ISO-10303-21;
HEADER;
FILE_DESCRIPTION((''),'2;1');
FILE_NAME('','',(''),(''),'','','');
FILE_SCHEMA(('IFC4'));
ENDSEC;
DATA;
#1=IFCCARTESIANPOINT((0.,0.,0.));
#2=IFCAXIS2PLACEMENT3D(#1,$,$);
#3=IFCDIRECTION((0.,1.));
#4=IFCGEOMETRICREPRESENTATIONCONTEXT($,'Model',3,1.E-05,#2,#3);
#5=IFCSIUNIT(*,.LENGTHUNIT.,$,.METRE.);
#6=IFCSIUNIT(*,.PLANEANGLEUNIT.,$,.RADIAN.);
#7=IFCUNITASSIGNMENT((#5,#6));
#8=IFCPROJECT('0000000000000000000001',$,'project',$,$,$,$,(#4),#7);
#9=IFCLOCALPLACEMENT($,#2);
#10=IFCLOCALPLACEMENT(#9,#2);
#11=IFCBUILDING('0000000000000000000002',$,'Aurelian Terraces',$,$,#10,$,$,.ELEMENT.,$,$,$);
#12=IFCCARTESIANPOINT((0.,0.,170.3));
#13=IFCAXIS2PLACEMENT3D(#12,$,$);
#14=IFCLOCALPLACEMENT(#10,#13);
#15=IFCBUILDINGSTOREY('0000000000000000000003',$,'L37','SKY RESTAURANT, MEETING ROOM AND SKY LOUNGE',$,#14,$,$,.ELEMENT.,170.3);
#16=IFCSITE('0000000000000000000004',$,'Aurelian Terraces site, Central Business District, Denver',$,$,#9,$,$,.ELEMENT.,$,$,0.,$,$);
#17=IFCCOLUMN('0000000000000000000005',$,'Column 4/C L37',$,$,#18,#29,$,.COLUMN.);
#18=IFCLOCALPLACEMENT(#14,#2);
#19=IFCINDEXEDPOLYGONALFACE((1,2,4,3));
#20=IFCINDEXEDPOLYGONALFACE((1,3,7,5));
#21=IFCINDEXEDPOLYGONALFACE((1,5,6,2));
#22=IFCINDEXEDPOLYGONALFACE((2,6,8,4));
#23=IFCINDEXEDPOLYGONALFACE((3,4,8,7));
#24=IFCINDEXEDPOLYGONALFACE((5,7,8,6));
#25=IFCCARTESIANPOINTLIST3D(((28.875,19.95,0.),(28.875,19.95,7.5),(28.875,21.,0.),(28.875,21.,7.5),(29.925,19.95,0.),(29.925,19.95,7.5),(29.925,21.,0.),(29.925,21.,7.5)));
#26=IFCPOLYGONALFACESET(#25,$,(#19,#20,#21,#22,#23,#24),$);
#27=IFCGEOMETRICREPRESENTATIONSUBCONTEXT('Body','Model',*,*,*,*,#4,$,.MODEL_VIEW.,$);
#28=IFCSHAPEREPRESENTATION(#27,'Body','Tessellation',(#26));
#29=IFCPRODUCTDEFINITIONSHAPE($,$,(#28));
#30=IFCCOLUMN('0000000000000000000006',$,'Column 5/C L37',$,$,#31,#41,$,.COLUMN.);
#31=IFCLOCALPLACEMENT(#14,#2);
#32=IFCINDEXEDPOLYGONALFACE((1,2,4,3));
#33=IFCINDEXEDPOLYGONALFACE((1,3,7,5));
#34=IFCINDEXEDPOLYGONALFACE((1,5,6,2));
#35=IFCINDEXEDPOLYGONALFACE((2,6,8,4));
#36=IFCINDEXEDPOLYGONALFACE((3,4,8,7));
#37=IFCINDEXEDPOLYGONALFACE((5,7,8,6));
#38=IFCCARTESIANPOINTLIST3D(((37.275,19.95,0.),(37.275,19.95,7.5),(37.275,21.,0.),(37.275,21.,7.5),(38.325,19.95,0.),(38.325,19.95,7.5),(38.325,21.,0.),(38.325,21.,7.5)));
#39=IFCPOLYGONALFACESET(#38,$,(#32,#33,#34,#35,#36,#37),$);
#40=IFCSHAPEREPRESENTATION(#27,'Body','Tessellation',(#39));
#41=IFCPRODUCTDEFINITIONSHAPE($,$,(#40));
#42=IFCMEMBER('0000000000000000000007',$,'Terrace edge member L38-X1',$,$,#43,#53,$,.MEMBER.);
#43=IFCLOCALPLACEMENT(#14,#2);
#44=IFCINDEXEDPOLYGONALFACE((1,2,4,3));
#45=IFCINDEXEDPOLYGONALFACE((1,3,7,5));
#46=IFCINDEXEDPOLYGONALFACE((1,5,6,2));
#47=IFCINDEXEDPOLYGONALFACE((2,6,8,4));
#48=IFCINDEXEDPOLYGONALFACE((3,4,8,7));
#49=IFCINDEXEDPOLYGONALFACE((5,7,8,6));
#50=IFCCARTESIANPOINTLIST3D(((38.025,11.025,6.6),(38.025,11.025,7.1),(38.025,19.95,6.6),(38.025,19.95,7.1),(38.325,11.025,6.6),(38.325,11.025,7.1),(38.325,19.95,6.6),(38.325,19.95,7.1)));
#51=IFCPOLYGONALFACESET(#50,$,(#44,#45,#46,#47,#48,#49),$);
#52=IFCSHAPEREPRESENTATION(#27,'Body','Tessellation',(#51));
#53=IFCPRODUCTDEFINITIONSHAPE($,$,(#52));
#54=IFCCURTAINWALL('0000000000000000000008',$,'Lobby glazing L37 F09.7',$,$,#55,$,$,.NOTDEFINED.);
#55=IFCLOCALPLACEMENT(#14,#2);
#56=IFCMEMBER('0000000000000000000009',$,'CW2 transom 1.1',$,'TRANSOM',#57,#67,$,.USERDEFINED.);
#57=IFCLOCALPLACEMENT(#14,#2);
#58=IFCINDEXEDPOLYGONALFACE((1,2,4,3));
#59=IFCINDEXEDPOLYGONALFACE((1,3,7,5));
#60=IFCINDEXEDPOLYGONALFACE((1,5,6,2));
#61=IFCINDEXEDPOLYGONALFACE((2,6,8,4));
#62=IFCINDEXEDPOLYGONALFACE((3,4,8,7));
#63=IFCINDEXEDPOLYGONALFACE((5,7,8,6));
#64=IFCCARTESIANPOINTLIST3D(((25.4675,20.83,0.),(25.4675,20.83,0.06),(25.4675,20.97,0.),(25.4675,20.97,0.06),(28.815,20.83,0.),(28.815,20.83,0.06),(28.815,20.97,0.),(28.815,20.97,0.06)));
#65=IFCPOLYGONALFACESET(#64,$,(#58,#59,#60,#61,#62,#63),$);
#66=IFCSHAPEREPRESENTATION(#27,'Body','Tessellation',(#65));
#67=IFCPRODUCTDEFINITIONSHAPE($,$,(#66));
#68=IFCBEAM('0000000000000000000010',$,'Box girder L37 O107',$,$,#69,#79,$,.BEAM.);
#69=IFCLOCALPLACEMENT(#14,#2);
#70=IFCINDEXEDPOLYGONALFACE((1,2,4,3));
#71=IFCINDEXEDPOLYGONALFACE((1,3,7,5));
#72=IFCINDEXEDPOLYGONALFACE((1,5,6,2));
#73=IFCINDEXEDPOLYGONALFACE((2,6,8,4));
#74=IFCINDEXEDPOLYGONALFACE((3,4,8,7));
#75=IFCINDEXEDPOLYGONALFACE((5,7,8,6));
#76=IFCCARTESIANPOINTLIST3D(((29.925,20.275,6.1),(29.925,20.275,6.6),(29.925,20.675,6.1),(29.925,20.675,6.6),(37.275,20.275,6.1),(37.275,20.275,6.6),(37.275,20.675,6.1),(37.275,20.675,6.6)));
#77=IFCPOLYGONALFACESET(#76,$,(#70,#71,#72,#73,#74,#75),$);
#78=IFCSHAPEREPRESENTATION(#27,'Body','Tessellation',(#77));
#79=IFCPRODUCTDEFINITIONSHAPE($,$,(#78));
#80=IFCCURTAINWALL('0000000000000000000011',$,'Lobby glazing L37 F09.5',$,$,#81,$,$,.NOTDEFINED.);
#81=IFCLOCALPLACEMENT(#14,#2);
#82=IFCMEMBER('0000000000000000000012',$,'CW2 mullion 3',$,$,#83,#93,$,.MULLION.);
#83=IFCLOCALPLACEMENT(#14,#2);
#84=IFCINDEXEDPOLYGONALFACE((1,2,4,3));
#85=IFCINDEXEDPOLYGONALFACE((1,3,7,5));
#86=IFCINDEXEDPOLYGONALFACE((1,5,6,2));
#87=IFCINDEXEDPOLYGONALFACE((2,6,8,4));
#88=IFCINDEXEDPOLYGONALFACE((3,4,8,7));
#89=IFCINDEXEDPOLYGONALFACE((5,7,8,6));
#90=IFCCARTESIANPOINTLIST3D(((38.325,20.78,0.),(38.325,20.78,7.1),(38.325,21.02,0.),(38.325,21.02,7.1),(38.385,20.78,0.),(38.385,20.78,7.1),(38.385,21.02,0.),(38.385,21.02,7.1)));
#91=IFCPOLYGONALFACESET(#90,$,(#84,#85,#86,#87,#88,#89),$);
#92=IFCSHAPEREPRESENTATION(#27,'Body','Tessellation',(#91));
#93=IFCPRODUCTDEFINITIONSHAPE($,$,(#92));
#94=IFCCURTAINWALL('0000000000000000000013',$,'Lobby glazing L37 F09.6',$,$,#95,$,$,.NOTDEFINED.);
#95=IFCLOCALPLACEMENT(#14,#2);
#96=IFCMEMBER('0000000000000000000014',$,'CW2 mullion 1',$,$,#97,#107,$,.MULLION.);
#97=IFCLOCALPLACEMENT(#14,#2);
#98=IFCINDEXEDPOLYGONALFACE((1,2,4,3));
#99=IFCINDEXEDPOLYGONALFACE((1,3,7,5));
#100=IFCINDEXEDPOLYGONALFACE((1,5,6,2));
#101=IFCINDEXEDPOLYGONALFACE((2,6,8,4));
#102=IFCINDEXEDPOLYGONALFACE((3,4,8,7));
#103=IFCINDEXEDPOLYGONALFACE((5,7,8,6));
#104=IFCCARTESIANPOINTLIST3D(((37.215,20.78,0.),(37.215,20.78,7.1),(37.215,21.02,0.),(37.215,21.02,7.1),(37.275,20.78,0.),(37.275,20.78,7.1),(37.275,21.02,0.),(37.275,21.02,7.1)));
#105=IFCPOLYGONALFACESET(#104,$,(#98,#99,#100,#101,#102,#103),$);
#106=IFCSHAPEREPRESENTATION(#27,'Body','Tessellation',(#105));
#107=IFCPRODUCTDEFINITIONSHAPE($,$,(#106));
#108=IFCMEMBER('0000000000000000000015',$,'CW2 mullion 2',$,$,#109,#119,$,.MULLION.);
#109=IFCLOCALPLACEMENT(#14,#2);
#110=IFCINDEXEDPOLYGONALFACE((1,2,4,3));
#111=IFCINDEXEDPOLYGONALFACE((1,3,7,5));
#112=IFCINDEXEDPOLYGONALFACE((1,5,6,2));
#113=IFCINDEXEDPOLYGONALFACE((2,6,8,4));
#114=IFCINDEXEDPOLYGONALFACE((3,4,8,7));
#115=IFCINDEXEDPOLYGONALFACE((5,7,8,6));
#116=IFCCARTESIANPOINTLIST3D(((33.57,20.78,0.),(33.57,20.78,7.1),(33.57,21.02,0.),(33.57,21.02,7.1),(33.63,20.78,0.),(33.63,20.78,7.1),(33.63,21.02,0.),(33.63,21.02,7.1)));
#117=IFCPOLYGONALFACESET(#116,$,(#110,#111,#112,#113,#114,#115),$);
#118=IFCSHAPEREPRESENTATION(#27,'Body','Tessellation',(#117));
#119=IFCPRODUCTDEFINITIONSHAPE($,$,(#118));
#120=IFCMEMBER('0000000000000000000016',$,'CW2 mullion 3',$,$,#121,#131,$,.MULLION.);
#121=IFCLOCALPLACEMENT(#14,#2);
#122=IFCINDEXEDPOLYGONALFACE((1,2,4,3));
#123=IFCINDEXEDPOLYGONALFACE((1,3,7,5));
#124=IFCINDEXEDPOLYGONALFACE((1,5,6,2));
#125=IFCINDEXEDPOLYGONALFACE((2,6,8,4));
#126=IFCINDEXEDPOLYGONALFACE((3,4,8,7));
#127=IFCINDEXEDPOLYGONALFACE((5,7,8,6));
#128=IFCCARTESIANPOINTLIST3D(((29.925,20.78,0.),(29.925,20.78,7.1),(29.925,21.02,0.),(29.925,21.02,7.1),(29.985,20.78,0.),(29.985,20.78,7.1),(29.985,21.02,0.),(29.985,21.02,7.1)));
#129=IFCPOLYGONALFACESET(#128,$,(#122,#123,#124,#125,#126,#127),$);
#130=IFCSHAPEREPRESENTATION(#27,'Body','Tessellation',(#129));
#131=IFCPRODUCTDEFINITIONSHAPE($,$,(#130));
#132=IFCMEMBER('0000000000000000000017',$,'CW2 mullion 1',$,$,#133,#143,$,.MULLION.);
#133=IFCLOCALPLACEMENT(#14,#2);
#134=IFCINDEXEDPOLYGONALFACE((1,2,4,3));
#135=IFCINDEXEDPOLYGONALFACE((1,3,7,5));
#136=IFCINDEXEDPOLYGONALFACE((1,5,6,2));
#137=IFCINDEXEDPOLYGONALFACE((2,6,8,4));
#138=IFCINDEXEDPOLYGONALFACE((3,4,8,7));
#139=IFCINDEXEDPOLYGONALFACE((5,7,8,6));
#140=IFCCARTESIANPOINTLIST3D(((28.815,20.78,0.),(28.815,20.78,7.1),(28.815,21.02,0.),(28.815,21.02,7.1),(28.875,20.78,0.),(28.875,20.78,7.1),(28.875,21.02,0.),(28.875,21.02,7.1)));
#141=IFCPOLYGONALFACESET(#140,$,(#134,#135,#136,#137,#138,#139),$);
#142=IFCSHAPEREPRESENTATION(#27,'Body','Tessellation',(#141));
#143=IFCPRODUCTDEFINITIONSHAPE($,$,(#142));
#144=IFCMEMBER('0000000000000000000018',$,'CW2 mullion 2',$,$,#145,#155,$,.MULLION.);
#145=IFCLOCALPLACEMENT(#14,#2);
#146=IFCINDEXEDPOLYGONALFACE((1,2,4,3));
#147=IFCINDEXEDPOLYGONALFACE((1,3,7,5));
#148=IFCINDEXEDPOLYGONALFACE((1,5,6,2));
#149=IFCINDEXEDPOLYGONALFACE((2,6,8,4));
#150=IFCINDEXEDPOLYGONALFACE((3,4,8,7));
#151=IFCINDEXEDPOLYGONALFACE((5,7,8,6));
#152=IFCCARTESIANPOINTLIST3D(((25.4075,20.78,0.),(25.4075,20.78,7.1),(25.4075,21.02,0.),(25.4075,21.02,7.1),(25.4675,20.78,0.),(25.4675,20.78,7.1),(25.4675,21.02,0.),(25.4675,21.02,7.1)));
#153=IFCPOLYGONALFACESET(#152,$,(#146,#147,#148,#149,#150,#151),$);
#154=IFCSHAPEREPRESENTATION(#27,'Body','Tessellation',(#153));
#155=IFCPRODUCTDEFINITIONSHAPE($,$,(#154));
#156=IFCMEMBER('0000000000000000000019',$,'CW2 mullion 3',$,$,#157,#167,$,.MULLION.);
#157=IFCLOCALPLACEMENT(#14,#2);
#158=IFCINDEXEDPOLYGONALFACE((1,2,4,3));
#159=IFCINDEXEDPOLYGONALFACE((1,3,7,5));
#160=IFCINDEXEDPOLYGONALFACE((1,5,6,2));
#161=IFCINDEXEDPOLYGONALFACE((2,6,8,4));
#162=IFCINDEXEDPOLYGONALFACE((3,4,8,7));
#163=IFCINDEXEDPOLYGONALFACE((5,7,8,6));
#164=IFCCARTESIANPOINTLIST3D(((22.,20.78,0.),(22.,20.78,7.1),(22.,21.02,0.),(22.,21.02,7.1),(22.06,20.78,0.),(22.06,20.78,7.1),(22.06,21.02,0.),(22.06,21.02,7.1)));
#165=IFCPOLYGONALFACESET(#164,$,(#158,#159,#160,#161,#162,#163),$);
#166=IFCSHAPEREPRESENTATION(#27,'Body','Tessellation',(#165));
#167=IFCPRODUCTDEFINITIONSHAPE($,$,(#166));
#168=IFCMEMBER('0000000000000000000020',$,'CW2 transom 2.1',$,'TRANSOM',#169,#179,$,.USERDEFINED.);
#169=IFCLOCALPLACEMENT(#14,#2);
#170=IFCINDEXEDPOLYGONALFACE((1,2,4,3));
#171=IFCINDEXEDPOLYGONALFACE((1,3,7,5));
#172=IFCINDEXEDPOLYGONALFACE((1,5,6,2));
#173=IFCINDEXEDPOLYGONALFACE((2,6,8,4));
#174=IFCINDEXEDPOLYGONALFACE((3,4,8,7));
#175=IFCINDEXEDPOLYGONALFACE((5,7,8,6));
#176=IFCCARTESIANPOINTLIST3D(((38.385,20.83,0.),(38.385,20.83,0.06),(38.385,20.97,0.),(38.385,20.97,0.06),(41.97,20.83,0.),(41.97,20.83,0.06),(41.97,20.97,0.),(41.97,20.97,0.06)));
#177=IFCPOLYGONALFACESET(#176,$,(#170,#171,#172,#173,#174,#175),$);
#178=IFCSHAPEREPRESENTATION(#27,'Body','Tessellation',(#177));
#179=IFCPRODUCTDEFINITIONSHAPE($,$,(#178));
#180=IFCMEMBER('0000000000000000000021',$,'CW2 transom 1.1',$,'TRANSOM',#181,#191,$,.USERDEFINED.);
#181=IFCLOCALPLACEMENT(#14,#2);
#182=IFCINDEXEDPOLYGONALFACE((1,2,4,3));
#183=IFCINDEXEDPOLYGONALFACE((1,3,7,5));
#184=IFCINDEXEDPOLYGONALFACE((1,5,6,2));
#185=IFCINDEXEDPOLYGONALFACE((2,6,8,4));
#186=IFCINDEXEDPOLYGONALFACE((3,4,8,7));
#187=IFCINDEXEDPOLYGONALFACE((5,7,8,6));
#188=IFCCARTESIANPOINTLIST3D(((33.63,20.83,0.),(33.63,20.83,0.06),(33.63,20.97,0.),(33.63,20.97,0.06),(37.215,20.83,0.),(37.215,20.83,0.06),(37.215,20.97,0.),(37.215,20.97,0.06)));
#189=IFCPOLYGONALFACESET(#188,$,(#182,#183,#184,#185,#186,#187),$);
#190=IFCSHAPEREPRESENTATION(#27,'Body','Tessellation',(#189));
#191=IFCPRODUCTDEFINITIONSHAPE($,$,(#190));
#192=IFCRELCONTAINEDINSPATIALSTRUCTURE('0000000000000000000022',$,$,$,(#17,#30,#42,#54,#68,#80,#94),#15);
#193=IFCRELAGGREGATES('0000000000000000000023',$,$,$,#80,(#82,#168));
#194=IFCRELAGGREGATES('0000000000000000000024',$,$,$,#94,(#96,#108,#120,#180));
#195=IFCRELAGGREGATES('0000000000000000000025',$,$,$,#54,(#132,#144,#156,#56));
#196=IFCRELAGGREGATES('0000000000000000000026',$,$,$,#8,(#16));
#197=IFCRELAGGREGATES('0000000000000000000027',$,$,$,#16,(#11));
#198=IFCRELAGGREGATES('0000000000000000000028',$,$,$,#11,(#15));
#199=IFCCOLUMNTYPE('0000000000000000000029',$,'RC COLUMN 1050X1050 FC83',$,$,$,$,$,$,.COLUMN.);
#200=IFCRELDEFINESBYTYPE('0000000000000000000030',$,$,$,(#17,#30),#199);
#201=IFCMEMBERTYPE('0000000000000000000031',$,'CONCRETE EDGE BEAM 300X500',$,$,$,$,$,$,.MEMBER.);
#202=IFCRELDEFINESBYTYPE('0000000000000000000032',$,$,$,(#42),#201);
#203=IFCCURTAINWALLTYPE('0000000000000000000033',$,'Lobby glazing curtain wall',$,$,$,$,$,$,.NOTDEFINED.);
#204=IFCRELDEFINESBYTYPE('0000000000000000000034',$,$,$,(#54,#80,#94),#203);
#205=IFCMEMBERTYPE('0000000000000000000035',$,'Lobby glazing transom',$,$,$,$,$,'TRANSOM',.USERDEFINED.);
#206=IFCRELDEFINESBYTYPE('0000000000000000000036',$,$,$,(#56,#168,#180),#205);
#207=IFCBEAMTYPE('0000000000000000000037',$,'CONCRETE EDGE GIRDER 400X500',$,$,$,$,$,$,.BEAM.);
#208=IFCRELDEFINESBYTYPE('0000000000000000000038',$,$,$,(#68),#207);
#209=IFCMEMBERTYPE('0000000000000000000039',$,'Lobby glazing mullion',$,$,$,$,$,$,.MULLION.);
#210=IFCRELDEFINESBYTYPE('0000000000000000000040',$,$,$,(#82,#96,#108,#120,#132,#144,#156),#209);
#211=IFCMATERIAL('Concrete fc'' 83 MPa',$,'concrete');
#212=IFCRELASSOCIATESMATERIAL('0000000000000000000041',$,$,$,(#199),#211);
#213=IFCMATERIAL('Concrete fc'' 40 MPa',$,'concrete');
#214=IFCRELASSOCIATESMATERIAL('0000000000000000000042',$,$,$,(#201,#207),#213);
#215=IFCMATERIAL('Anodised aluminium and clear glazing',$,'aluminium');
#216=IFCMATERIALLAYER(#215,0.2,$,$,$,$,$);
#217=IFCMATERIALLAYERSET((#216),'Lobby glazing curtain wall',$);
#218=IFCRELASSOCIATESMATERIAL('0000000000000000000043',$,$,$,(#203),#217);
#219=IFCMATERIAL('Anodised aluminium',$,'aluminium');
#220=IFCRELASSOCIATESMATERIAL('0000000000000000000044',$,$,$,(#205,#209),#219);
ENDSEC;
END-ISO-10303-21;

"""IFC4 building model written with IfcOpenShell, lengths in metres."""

from ifc_helpers import new_model, si_unit, direction, frame, origin, origin_2d, place, context, subcontext, project, spatial, rectangle, extrude, source, transform, mapped, material, layer, layer_set, material_profile, profile_set, type_object, element, aggregate, save


model = new_model("IFC4")

# Units and contexts
model_context = context("Model", 3, precision=1e-05, world=origin(), true_north=direction((0.0, 1.0)))
body_context = subcontext(model_context, "Body", "Model", "MODEL_VIEW")
ifc_project = project(units=[si_unit("LENGTHUNIT", "METRE"), si_unit("PLANEANGLEUNIT", "RADIAN")], contexts=[model_context])

# Site, building, storey
site_placement = place(None, origin())
site = spatial("IfcSite", under=ifc_project, at=site_placement, Name="Aurelian Terraces site, Central Business District, Denver", CompositionType="ELEMENT", RefElevation=0.0)
building_placement = place(site_placement, origin())
building = spatial("IfcBuilding", under=site, at=building_placement, Name="Aurelian Terraces", CompositionType="ELEMENT")
storey_placement = place(building_placement, frame((0.0, 0.0, 170.3)))
storey = spatial("IfcBuildingStorey", under=building, at=storey_placement, Name="L37", Description="SKY RESTAURANT, MEETING ROOM AND SKY LOUNGE", CompositionType="ELEMENT", Elevation=170.3)

# Columns
ifc_material_1 = material(Name="Concrete fc' 83 MPa", Category="concrete")
ifc_material_profile_1 = material_profile(ifc_material_1, rectangle(XDim=1.05, YDim=1.05, at=origin_2d()))
ifc_profile_set_1 = profile_set([ifc_material_profile_1], Name="Concrete fc' 83 MPa")
column_type = type_object("IfcColumnType", Name="RC COLUMN 1050X1050 FC83", PredefinedType="COLUMN", material=ifc_profile_set_1)
shared_shape_1 = source(origin(), body_context, "Body", "SweptSolid", [
    extrude(rectangle(XDim=1.05, YDim=1.05, at=origin_2d()), origin(), (0.0, 0.0, 1.0), 7.5),
])
for number, where, z_axis, x_axis, name in (
    (1, (29.4, 20.475, 0.0), (0.0, 0.0, 1.0), (1.0, 0.0, 0.0), "Column 4/C L37"),
    (2, (37.8, 20.475, 0.0), (0.0, 0.0, 1.0), (1.0, 0.0, 0.0), "Column 5/C L37"),
):
    element("IfcColumn", number, at=place(storey_placement, frame(where, z_axis=z_axis, x_axis=x_axis)), inside=storey, type_object=column_type, Name=name, PredefinedType="COLUMN", context=body_context, shape_type="MappedRepresentation", body=[
        mapped(shared_shape_1, transform((0.0, 0.0, 0.0), scale=1.0)),
    ])

# Member
ifc_material_2 = material(Name="Concrete fc' 40 MPa", Category="concrete")
ifc_material_profile_2 = material_profile(ifc_material_2, rectangle(XDim=0.3, YDim=0.5, at=origin_2d()))
ifc_profile_set_2 = profile_set([ifc_material_profile_2], Name="Concrete fc' 40 MPa")
member_type_1 = type_object("IfcMemberType", Name="CONCRETE EDGE BEAM 300X500", PredefinedType="MEMBER", material=ifc_profile_set_2)
member_1_placement = place(storey_placement, frame((38.175, 19.95, 6.85), z_axis=(0.0, -1.0, 0.0), x_axis=(1.0, 0.0, 0.0)))
element("IfcMember", 3, at=member_1_placement, inside=storey, type_object=member_type_1, Name="Terrace edge member L38-X1", PredefinedType="MEMBER", context=body_context, shape_type="SweptSolid", body=[
    extrude(rectangle(XDim=0.3, YDim=0.5, at=origin_2d()), origin(), (0.0, 0.0, 1.0), 8.925),
])

# Curtain wall, member
ifc_material_3 = material(Name="Anodised aluminium and clear glazing", Category="aluminium")
ifc_layer_1 = layer(ifc_material_3, 0.2)
ifc_layer_set_1 = layer_set([ifc_layer_1], Name="Lobby glazing curtain wall")
curtain_wall_type = type_object("IfcCurtainWallType", Name="Lobby glazing curtain wall", PredefinedType="NOTDEFINED", material=ifc_layer_set_1)
curtain_wall_1_placement = place(storey_placement, origin())
curtain_wall_1 = element("IfcCurtainWall", 4, at=curtain_wall_1_placement, inside=storey, type_object=curtain_wall_type, Name="Lobby glazing L37 F09.7", PredefinedType="NOTDEFINED")
ifc_material_4 = material(Name="Anodised aluminium", Category="aluminium")
ifc_material_profile_3 = material_profile(ifc_material_4, rectangle(XDim=0.14, YDim=0.06, at=origin_2d()))
ifc_profile_set_3 = profile_set([ifc_material_profile_3], Name="Anodised aluminium")
member_type_2 = type_object("IfcMemberType", Name="Lobby glazing transom", ElementType="TRANSOM", PredefinedType="USERDEFINED", material=ifc_profile_set_3)
member_2_placement = place(storey_placement, frame((28.815, 20.9, 0.03), z_axis=(-1.0, 0.0, 0.0), x_axis=(0.0, -1.0, 0.0)))
member_2 = element("IfcMember", 5, at=member_2_placement, type_object=member_type_2, Name="CW2 transom 1.1", ObjectType="TRANSOM", PredefinedType="USERDEFINED", context=body_context, shape_type="SweptSolid", body=[
    extrude(rectangle(XDim=0.14, YDim=0.06, at=origin_2d()), origin(), (0.0, 0.0, 1.0), 3.3475),
])

# Beam
ifc_material_profile_4 = material_profile(ifc_material_2, rectangle(XDim=0.4, YDim=0.5, at=origin_2d()))
ifc_profile_set_4 = profile_set([ifc_material_profile_4], Name="Concrete fc' 40 MPa")
beam_type = type_object("IfcBeamType", Name="CONCRETE EDGE GIRDER 400X500", PredefinedType="BEAM", material=ifc_profile_set_4)
shared_shape_2 = source(origin(), body_context, "Body", "SweptSolid", [
    extrude(rectangle(XDim=0.4, YDim=0.5, at=origin_2d()), origin(), (0.0, 0.0, 1.0), 7.35),
])
beam_placement = place(storey_placement, frame((29.925, 20.475, 6.35), z_axis=(1.0, 0.0, 0.0), x_axis=(0.0, 1.0, 0.0)))
element("IfcBeam", 6, at=beam_placement, inside=storey, type_object=beam_type, Name="Box girder L37 O107", PredefinedType="BEAM", context=body_context, shape_type="MappedRepresentation", body=[
    mapped(shared_shape_2, transform((0.0, 0.0, 0.0), scale=1.0)),
])

# Curtain wall, member
curtain_wall_2_placement = place(storey_placement, origin())
curtain_wall_2 = element("IfcCurtainWall", 7, at=curtain_wall_2_placement, inside=storey, type_object=curtain_wall_type, Name="Lobby glazing L37 F09.5", PredefinedType="NOTDEFINED")
ifc_material_profile_5 = material_profile(ifc_material_4, rectangle(XDim=0.24, YDim=0.06, at=origin_2d()))
ifc_profile_set_5 = profile_set([ifc_material_profile_5], Name="Anodised aluminium")
member_type_3 = type_object("IfcMemberType", Name="Lobby glazing mullion", PredefinedType="MULLION", material=ifc_profile_set_5)
shared_shape_3 = source(origin(), body_context, "Body", "SweptSolid", [
    extrude(rectangle(XDim=0.24, YDim=0.06, at=origin_2d()), origin(), (0.0, 0.0, 1.0), 7.1),
])
member_3_placement = place(storey_placement, frame((38.355, 20.9, 0.0), z_axis=(0.0, 0.0, 1.0), x_axis=(0.0, -1.0, 0.0)))
member_3 = element("IfcMember", 8, at=member_3_placement, type_object=member_type_3, Name="CW2 mullion 3", PredefinedType="MULLION", context=body_context, shape_type="MappedRepresentation", body=[
    mapped(shared_shape_3, transform((0.0, 0.0, 0.0), scale=1.0)),
])

# Curtain wall, members
curtain_wall_3_placement = place(storey_placement, origin())
curtain_wall_3 = element("IfcCurtainWall", 9, at=curtain_wall_3_placement, inside=storey, type_object=curtain_wall_type, Name="Lobby glazing L37 F09.6", PredefinedType="NOTDEFINED")
member_4_placement = place(storey_placement, frame((37.245, 20.9, 0.0), z_axis=(0.0, 0.0, 1.0), x_axis=(0.0, -1.0, 0.0)))
member_4 = element("IfcMember", 10, at=member_4_placement, type_object=member_type_3, Name="CW2 mullion 1", PredefinedType="MULLION", context=body_context, shape_type="MappedRepresentation", body=[
    mapped(shared_shape_3, transform((0.0, 0.0, 0.0), scale=1.0)),
])
member_5_placement = place(storey_placement, frame((33.6, 20.9, 0.0), z_axis=(0.0, 0.0, 1.0), x_axis=(0.0, -1.0, 0.0)))
member_5 = element("IfcMember", 11, at=member_5_placement, type_object=member_type_3, Name="CW2 mullion 2", PredefinedType="MULLION", context=body_context, shape_type="MappedRepresentation", body=[
    mapped(shared_shape_3, transform((0.0, 0.0, 0.0), scale=1.0)),
])
member_6_placement = place(storey_placement, frame((29.955, 20.9, 0.0), z_axis=(0.0, 0.0, 1.0), x_axis=(0.0, -1.0, 0.0)))
member_6 = element("IfcMember", 12, at=member_6_placement, type_object=member_type_3, Name="CW2 mullion 3", PredefinedType="MULLION", context=body_context, shape_type="MappedRepresentation", body=[
    mapped(shared_shape_3, transform((0.0, 0.0, 0.0), scale=1.0)),
])

# Members
member_7_placement = place(storey_placement, frame((28.845, 20.9, 0.0), z_axis=(0.0, 0.0, 1.0), x_axis=(0.0, -1.0, 0.0)))
member_7 = element("IfcMember", 13, at=member_7_placement, type_object=member_type_3, Name="CW2 mullion 1", PredefinedType="MULLION", context=body_context, shape_type="MappedRepresentation", body=[
    mapped(shared_shape_3, transform((0.0, 0.0, 0.0), scale=1.0)),
])
member_8_placement = place(storey_placement, frame((25.4375, 20.9, 0.0), z_axis=(0.0, 0.0, 1.0), x_axis=(0.0, -1.0, 0.0)))
member_8 = element("IfcMember", 14, at=member_8_placement, type_object=member_type_3, Name="CW2 mullion 2", PredefinedType="MULLION", context=body_context, shape_type="MappedRepresentation", body=[
    mapped(shared_shape_3, transform((0.0, 0.0, 0.0), scale=1.0)),
])
member_9_placement = place(storey_placement, frame((22.03, 20.9, 0.0), z_axis=(0.0, 0.0, 1.0), x_axis=(0.0, -1.0, 0.0)))
member_9 = element("IfcMember", 15, at=member_9_placement, type_object=member_type_3, Name="CW2 mullion 3", PredefinedType="MULLION", context=body_context, shape_type="MappedRepresentation", body=[
    mapped(shared_shape_3, transform((0.0, 0.0, 0.0), scale=1.0)),
])
shared_shape_4 = source(origin(), body_context, "Body", "SweptSolid", [
    extrude(rectangle(XDim=0.14, YDim=0.06, at=origin_2d()), origin(), (0.0, 0.0, 1.0), 3.585),
])
member_10_placement = place(storey_placement, frame((41.97, 20.9, 0.03), z_axis=(-1.0, 0.0, 0.0), x_axis=(0.0, -1.0, 0.0)))
member_10 = element("IfcMember", 16, at=member_10_placement, type_object=member_type_2, Name="CW2 transom 2.1", ObjectType="TRANSOM", PredefinedType="USERDEFINED", context=body_context, shape_type="MappedRepresentation", body=[
    mapped(shared_shape_4, transform((0.0, 0.0, 0.0), scale=1.0)),
])
member_11_placement = place(storey_placement, frame((37.215, 20.9, 0.03), z_axis=(-1.0, 0.0, 0.0), x_axis=(0.0, -1.0, 0.0)))
member_11 = element("IfcMember", 17, at=member_11_placement, type_object=member_type_2, Name="CW2 transom 1.1", ObjectType="TRANSOM", PredefinedType="USERDEFINED", context=body_context, shape_type="MappedRepresentation", body=[
    mapped(shared_shape_4, transform((0.0, 0.0, 0.0), scale=1.0)),
])

aggregate(curtain_wall_2, [member_3, member_10])
aggregate(curtain_wall_3, [member_4, member_5, member_6, member_11])
aggregate(curtain_wall_1, [member_7, member_8, member_9, member_2])

save(model, "model.ifc")
